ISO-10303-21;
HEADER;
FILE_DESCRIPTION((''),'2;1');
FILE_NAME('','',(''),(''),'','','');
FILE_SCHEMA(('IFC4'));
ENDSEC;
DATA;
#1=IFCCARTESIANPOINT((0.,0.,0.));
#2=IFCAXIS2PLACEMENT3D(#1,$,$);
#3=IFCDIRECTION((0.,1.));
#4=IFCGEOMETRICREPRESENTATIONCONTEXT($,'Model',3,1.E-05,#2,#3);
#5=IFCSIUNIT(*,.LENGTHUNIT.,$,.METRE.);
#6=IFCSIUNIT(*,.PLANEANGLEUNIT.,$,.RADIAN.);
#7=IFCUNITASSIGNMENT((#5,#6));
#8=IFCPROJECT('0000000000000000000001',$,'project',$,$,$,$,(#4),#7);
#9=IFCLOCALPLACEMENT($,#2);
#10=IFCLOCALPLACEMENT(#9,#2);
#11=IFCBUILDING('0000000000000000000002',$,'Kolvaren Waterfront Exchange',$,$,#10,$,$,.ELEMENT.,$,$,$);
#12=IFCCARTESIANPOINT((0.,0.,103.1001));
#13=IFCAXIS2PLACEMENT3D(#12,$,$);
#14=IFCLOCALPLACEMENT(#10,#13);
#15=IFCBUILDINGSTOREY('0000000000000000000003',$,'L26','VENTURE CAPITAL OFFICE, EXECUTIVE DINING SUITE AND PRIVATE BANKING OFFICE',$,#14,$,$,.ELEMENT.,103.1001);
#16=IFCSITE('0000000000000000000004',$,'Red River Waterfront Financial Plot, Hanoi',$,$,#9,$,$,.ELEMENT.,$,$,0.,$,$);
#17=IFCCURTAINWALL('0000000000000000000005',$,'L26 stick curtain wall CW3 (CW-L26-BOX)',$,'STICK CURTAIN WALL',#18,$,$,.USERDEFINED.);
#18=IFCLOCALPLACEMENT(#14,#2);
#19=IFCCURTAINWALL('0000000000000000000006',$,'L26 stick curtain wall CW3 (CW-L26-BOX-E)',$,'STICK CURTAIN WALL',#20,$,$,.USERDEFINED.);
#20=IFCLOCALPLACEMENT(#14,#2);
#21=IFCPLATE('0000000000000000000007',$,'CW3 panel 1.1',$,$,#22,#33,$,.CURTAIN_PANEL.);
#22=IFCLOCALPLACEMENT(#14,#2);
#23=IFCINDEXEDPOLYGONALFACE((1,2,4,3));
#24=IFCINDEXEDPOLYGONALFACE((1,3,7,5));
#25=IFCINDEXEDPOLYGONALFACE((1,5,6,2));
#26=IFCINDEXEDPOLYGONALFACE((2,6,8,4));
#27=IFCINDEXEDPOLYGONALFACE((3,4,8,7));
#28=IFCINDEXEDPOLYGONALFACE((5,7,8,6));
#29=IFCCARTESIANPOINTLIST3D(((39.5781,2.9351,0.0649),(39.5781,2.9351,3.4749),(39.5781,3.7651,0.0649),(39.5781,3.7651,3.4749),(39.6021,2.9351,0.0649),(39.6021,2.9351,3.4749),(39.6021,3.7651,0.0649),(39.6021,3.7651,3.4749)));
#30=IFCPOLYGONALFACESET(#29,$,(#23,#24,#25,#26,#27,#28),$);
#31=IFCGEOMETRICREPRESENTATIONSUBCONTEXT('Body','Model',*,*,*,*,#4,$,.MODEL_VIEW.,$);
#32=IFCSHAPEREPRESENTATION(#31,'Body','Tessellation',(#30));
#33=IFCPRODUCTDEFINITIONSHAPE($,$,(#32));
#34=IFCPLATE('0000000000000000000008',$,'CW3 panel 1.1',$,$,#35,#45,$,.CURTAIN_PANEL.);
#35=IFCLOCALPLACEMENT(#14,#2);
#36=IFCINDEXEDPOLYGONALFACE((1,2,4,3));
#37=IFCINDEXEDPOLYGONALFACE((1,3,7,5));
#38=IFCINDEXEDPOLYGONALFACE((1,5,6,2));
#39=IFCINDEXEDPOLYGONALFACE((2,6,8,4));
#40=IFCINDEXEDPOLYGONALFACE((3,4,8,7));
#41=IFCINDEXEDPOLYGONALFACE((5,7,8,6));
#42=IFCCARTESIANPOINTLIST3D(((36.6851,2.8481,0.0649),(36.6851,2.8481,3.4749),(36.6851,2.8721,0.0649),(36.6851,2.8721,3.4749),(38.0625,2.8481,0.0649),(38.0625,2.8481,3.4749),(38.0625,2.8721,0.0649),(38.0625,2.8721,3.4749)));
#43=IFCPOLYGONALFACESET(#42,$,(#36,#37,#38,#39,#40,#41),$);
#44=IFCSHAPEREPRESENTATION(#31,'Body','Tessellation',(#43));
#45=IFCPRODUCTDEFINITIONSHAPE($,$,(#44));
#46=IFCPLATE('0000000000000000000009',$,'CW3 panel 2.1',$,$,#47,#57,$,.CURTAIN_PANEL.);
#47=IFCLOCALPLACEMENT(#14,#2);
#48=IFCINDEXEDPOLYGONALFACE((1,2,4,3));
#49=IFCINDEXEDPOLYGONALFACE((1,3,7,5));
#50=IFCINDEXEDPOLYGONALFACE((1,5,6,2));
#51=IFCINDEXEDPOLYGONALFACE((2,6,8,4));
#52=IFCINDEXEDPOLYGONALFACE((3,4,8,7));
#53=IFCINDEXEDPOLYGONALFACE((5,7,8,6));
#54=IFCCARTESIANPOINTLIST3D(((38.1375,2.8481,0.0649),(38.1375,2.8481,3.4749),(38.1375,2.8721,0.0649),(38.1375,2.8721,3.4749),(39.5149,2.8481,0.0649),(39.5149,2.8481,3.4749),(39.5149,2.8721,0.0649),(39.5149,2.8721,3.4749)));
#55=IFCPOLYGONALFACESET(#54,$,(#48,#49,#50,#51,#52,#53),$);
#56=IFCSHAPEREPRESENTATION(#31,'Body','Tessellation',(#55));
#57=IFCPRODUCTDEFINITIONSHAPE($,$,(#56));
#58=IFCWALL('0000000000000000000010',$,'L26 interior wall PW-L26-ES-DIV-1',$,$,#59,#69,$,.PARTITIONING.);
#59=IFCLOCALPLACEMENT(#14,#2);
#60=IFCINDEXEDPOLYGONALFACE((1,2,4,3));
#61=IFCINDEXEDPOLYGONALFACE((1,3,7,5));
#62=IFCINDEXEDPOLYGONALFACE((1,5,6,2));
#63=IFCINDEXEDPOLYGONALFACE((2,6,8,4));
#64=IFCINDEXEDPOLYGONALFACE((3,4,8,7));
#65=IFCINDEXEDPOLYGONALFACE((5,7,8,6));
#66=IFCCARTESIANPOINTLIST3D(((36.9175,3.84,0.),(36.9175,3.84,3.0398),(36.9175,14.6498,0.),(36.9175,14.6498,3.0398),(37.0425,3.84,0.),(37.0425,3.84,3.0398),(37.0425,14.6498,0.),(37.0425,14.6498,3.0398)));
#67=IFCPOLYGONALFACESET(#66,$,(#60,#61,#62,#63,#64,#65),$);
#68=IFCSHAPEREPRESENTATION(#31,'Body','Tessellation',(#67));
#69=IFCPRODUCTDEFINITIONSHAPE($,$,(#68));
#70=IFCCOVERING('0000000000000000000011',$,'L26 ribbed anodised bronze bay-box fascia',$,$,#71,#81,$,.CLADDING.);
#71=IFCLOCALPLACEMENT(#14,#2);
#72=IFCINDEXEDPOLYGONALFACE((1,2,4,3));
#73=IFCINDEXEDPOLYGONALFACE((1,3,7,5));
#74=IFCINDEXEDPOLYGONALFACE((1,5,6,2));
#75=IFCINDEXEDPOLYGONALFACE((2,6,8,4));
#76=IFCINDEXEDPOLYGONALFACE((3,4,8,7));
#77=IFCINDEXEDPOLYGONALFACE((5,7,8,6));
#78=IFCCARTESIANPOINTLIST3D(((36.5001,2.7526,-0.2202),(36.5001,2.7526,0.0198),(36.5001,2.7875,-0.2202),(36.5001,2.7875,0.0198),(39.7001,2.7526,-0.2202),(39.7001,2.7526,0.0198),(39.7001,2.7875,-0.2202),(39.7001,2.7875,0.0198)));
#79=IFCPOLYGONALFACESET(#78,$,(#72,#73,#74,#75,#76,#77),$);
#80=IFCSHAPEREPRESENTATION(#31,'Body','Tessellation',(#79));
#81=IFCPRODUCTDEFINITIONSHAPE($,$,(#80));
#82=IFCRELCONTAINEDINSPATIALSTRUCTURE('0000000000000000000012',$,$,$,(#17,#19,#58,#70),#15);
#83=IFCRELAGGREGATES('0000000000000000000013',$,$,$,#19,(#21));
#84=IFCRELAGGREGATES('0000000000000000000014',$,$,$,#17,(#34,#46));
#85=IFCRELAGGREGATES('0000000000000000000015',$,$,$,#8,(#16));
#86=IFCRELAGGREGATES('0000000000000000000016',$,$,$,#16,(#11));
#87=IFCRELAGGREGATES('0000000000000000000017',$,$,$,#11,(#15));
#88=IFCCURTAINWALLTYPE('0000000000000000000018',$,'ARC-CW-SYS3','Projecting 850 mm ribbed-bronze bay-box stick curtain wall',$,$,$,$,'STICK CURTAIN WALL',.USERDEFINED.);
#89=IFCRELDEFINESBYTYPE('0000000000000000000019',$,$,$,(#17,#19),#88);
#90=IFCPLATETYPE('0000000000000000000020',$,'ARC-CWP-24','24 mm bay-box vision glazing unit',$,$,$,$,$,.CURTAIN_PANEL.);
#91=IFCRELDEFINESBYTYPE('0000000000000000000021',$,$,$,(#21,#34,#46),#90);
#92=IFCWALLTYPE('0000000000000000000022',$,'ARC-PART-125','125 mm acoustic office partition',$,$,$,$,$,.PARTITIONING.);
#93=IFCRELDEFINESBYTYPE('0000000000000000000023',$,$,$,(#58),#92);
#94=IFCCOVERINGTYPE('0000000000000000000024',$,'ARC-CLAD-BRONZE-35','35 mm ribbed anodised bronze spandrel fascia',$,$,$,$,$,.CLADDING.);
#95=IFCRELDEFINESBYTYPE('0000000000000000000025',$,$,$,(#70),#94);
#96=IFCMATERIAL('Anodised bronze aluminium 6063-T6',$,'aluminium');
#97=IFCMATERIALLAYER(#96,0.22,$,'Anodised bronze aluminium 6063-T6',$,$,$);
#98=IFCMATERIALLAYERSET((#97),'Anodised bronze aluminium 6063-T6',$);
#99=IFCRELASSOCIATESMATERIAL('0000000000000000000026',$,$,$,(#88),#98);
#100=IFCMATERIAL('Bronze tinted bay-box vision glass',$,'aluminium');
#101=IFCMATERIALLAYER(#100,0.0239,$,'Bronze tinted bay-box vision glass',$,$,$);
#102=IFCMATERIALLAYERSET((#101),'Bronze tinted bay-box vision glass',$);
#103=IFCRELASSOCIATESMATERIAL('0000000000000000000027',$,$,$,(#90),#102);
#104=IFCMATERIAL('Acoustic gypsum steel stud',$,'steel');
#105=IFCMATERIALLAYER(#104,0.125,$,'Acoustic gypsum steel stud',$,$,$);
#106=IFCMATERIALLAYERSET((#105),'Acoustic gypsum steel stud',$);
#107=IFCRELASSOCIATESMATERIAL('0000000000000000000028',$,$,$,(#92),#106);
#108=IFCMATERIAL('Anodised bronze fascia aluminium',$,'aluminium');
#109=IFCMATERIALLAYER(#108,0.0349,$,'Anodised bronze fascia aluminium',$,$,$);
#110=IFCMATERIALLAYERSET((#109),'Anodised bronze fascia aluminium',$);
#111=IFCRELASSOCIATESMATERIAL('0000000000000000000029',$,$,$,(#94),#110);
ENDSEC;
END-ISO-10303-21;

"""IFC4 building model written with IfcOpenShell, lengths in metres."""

from ifc_helpers import new_model, si_unit, direction, frame, frame_2d, origin, origin_with_axes, origin_2d, place, context, subcontext, project, spatial, rectangle, extrude, source, transform, mapped, material, layer, layer_set, type_object, element, aggregate, save


model = new_model("IFC4")

# Units and contexts
model_context = context("Model", 3, precision=1e-05, world=origin(), true_north=direction((0.0, 1.0)))
body_context = subcontext(model_context, "Body", "Model", "MODEL_VIEW")
ifc_project = project(units=[si_unit("LENGTHUNIT", "METRE"), si_unit("PLANEANGLEUNIT", "RADIAN")], contexts=[model_context])

# Site, building, storey
site_placement = place(None, origin())
site = spatial("IfcSite", under=ifc_project, at=site_placement, Name="Red River Waterfront Financial Plot, Hanoi", CompositionType="ELEMENT", RefElevation=0.0)
building_placement = place(site_placement, origin())
building = spatial("IfcBuilding", under=site, at=building_placement, Name="Kolvaren Waterfront Exchange", CompositionType="ELEMENT")
storey_placement = place(building_placement, frame((0.0, 0.0, 103.1001)))
storey = spatial("IfcBuildingStorey", under=building, at=storey_placement, Name="L26", Description="VENTURE CAPITAL OFFICE, EXECUTIVE DINING SUITE AND PRIVATE BANKING OFFICE", CompositionType="ELEMENT", Elevation=103.1001)

# Curtain wall
ifc_material_1 = material(Name="Anodised bronze aluminium 6063-T6", Category="aluminium")
ifc_layer_1 = layer(ifc_material_1, 0.22, Name="Anodised bronze aluminium 6063-T6")
ifc_layer_set_1 = layer_set([ifc_layer_1], Name="Anodised bronze aluminium 6063-T6")
curtain_wall_type = type_object("IfcCurtainWallType", Name="ARC-CW-SYS3", Description="Projecting 850 mm ribbed-bronze bay-box stick curtain wall", ElementType="STICK CURTAIN WALL", PredefinedType="USERDEFINED", material=ifc_layer_set_1)
curtain_wall_1_placement = place(storey_placement, origin())
curtain_wall_1 = element("IfcCurtainWall", 1, at=curtain_wall_1_placement, inside=storey, type_object=curtain_wall_type, Name="L26 stick curtain wall CW3 (CW-L26-BOX)", ObjectType="STICK CURTAIN WALL", PredefinedType="USERDEFINED")

# Curtain wall, plate
curtain_wall_2_placement = place(storey_placement, origin())
curtain_wall_2 = element("IfcCurtainWall", 2, at=curtain_wall_2_placement, inside=storey, type_object=curtain_wall_type, Name="L26 stick curtain wall CW3 (CW-L26-BOX-E)", ObjectType="STICK CURTAIN WALL", PredefinedType="USERDEFINED")
ifc_material_2 = material(Name="Bronze tinted bay-box vision glass", Category="aluminium")
ifc_layer_2 = layer(ifc_material_2, 0.0239, Name="Bronze tinted bay-box vision glass")
ifc_layer_set_2 = layer_set([ifc_layer_2], Name="Bronze tinted bay-box vision glass")
plate_type = type_object("IfcPlateType", Name="ARC-CWP-24", Description="24 mm bay-box vision glazing unit", PredefinedType="CURTAIN_PANEL", material=ifc_layer_set_2)
shared_shape_1 = source(origin_with_axes(), body_context, "Body", "SweptSolid", [
    extrude(rectangle(XDim=0.8301, YDim=0.0239, at=origin_2d()), origin(), (0.0, 0.0, 1.0), 3.4099),
])
plate_1_placement = place(storey_placement, frame((39.5901, 3.3501, 0.0649), z_axis=(0.0, 0.0, 1.0), x_axis=(0.0, 1.0, 0.0)))
plate_1 = element("IfcPlate", 3, at=plate_1_placement, type_object=plate_type, Name="CW3 panel 1.1", PredefinedType="CURTAIN_PANEL", context=body_context, shape_type="MappedRepresentation", body=[
    mapped(shared_shape_1, transform((0.0, 0.0, 0.0), x_axis=(1.0, 0.0, 0.0), y_axis=(0.0, 1.0, 0.0), z_axis=(0.0, 0.0, 1.0), scale=1.0)),
])
aggregate(curtain_wall_2, [plate_1])

# Plates
shared_shape_2 = source(origin_with_axes(), body_context, "Body", "SweptSolid", [
    extrude(rectangle(XDim=1.3774, YDim=0.0239, at=origin_2d()), origin(), (0.0, 0.0, 1.0), 3.4099),
])
plate_2_placement = place(storey_placement, frame((37.3738, 2.8601, 0.0649), z_axis=(0.0, 0.0, 1.0), x_axis=(1.0, 0.0, 0.0)))
plate_2 = element("IfcPlate", 4, at=plate_2_placement, type_object=plate_type, Name="CW3 panel 1.1", PredefinedType="CURTAIN_PANEL", context=body_context, shape_type="MappedRepresentation", body=[
    mapped(shared_shape_2, transform((0.0, 0.0, 0.0), x_axis=(1.0, 0.0, 0.0), y_axis=(0.0, 1.0, 0.0), z_axis=(0.0, 0.0, 1.0), scale=1.0)),
])
plate_3_placement = place(storey_placement, frame((38.8262, 2.8601, 0.0649), z_axis=(0.0, 0.0, 1.0), x_axis=(1.0, 0.0, 0.0)))
plate_3 = element("IfcPlate", 5, at=plate_3_placement, type_object=plate_type, Name="CW3 panel 2.1", PredefinedType="CURTAIN_PANEL", context=body_context, shape_type="MappedRepresentation", body=[
    mapped(shared_shape_2, transform((0.0, 0.0, 0.0), x_axis=(1.0, 0.0, 0.0), y_axis=(0.0, 1.0, 0.0), z_axis=(0.0, 0.0, 1.0), scale=1.0)),
])
aggregate(curtain_wall_1, [plate_2, plate_3])

# Wall
ifc_material_3 = material(Name="Acoustic gypsum steel stud", Category="steel")
ifc_layer_3 = layer(ifc_material_3, 0.125, Name="Acoustic gypsum steel stud")
ifc_layer_set_3 = layer_set([ifc_layer_3], Name="Acoustic gypsum steel stud")
wall_type = type_object("IfcWallType", Name="ARC-PART-125", Description="125 mm acoustic office partition", PredefinedType="PARTITIONING", material=ifc_layer_set_3)
wall_placement = place(storey_placement, frame((36.98, 3.8401, 0.0), z_axis=(0.0, 0.0, 1.0), x_axis=(0.0, 1.0, 0.0)))
element("IfcWall", 6, at=wall_placement, inside=storey, type_object=wall_type, Name="L26 interior wall PW-L26-ES-DIV-1", PredefinedType="PARTITIONING", context=body_context, shape_type="SweptSolid", body=[
    extrude(rectangle(XDim=10.8098, YDim=0.125, at=frame_2d((5.4048, 0.0))), origin(), (0.0, 0.0, 1.0), 3.0398),
])

# Covering
ifc_material_4 = material(Name="Anodised bronze fascia aluminium", Category="aluminium")
ifc_layer_4 = layer(ifc_material_4, 0.0349, Name="Anodised bronze fascia aluminium")
ifc_layer_set_4 = layer_set([ifc_layer_4], Name="Anodised bronze fascia aluminium")
covering_type = type_object("IfcCoveringType", Name="ARC-CLAD-BRONZE-35", Description="35 mm ribbed anodised bronze spandrel fascia", PredefinedType="CLADDING", material=ifc_layer_set_4)
covering_placement = place(storey_placement, frame((38.1001, 2.77, -0.2202), z_axis=(0.0, 0.0, 1.0), x_axis=(1.0, 0.0, 0.0)))
element("IfcCovering", 7, at=covering_placement, inside=storey, type_object=covering_type, Name="L26 ribbed anodised bronze bay-box fascia", PredefinedType="CLADDING", context=body_context, shape_type="SweptSolid", body=[
    extrude(rectangle(XDim=3.2, YDim=0.0349, at=origin_2d()), origin(), (0.0, 0.0, 1.0), 0.24),
])

save(model, "model.ifc")
